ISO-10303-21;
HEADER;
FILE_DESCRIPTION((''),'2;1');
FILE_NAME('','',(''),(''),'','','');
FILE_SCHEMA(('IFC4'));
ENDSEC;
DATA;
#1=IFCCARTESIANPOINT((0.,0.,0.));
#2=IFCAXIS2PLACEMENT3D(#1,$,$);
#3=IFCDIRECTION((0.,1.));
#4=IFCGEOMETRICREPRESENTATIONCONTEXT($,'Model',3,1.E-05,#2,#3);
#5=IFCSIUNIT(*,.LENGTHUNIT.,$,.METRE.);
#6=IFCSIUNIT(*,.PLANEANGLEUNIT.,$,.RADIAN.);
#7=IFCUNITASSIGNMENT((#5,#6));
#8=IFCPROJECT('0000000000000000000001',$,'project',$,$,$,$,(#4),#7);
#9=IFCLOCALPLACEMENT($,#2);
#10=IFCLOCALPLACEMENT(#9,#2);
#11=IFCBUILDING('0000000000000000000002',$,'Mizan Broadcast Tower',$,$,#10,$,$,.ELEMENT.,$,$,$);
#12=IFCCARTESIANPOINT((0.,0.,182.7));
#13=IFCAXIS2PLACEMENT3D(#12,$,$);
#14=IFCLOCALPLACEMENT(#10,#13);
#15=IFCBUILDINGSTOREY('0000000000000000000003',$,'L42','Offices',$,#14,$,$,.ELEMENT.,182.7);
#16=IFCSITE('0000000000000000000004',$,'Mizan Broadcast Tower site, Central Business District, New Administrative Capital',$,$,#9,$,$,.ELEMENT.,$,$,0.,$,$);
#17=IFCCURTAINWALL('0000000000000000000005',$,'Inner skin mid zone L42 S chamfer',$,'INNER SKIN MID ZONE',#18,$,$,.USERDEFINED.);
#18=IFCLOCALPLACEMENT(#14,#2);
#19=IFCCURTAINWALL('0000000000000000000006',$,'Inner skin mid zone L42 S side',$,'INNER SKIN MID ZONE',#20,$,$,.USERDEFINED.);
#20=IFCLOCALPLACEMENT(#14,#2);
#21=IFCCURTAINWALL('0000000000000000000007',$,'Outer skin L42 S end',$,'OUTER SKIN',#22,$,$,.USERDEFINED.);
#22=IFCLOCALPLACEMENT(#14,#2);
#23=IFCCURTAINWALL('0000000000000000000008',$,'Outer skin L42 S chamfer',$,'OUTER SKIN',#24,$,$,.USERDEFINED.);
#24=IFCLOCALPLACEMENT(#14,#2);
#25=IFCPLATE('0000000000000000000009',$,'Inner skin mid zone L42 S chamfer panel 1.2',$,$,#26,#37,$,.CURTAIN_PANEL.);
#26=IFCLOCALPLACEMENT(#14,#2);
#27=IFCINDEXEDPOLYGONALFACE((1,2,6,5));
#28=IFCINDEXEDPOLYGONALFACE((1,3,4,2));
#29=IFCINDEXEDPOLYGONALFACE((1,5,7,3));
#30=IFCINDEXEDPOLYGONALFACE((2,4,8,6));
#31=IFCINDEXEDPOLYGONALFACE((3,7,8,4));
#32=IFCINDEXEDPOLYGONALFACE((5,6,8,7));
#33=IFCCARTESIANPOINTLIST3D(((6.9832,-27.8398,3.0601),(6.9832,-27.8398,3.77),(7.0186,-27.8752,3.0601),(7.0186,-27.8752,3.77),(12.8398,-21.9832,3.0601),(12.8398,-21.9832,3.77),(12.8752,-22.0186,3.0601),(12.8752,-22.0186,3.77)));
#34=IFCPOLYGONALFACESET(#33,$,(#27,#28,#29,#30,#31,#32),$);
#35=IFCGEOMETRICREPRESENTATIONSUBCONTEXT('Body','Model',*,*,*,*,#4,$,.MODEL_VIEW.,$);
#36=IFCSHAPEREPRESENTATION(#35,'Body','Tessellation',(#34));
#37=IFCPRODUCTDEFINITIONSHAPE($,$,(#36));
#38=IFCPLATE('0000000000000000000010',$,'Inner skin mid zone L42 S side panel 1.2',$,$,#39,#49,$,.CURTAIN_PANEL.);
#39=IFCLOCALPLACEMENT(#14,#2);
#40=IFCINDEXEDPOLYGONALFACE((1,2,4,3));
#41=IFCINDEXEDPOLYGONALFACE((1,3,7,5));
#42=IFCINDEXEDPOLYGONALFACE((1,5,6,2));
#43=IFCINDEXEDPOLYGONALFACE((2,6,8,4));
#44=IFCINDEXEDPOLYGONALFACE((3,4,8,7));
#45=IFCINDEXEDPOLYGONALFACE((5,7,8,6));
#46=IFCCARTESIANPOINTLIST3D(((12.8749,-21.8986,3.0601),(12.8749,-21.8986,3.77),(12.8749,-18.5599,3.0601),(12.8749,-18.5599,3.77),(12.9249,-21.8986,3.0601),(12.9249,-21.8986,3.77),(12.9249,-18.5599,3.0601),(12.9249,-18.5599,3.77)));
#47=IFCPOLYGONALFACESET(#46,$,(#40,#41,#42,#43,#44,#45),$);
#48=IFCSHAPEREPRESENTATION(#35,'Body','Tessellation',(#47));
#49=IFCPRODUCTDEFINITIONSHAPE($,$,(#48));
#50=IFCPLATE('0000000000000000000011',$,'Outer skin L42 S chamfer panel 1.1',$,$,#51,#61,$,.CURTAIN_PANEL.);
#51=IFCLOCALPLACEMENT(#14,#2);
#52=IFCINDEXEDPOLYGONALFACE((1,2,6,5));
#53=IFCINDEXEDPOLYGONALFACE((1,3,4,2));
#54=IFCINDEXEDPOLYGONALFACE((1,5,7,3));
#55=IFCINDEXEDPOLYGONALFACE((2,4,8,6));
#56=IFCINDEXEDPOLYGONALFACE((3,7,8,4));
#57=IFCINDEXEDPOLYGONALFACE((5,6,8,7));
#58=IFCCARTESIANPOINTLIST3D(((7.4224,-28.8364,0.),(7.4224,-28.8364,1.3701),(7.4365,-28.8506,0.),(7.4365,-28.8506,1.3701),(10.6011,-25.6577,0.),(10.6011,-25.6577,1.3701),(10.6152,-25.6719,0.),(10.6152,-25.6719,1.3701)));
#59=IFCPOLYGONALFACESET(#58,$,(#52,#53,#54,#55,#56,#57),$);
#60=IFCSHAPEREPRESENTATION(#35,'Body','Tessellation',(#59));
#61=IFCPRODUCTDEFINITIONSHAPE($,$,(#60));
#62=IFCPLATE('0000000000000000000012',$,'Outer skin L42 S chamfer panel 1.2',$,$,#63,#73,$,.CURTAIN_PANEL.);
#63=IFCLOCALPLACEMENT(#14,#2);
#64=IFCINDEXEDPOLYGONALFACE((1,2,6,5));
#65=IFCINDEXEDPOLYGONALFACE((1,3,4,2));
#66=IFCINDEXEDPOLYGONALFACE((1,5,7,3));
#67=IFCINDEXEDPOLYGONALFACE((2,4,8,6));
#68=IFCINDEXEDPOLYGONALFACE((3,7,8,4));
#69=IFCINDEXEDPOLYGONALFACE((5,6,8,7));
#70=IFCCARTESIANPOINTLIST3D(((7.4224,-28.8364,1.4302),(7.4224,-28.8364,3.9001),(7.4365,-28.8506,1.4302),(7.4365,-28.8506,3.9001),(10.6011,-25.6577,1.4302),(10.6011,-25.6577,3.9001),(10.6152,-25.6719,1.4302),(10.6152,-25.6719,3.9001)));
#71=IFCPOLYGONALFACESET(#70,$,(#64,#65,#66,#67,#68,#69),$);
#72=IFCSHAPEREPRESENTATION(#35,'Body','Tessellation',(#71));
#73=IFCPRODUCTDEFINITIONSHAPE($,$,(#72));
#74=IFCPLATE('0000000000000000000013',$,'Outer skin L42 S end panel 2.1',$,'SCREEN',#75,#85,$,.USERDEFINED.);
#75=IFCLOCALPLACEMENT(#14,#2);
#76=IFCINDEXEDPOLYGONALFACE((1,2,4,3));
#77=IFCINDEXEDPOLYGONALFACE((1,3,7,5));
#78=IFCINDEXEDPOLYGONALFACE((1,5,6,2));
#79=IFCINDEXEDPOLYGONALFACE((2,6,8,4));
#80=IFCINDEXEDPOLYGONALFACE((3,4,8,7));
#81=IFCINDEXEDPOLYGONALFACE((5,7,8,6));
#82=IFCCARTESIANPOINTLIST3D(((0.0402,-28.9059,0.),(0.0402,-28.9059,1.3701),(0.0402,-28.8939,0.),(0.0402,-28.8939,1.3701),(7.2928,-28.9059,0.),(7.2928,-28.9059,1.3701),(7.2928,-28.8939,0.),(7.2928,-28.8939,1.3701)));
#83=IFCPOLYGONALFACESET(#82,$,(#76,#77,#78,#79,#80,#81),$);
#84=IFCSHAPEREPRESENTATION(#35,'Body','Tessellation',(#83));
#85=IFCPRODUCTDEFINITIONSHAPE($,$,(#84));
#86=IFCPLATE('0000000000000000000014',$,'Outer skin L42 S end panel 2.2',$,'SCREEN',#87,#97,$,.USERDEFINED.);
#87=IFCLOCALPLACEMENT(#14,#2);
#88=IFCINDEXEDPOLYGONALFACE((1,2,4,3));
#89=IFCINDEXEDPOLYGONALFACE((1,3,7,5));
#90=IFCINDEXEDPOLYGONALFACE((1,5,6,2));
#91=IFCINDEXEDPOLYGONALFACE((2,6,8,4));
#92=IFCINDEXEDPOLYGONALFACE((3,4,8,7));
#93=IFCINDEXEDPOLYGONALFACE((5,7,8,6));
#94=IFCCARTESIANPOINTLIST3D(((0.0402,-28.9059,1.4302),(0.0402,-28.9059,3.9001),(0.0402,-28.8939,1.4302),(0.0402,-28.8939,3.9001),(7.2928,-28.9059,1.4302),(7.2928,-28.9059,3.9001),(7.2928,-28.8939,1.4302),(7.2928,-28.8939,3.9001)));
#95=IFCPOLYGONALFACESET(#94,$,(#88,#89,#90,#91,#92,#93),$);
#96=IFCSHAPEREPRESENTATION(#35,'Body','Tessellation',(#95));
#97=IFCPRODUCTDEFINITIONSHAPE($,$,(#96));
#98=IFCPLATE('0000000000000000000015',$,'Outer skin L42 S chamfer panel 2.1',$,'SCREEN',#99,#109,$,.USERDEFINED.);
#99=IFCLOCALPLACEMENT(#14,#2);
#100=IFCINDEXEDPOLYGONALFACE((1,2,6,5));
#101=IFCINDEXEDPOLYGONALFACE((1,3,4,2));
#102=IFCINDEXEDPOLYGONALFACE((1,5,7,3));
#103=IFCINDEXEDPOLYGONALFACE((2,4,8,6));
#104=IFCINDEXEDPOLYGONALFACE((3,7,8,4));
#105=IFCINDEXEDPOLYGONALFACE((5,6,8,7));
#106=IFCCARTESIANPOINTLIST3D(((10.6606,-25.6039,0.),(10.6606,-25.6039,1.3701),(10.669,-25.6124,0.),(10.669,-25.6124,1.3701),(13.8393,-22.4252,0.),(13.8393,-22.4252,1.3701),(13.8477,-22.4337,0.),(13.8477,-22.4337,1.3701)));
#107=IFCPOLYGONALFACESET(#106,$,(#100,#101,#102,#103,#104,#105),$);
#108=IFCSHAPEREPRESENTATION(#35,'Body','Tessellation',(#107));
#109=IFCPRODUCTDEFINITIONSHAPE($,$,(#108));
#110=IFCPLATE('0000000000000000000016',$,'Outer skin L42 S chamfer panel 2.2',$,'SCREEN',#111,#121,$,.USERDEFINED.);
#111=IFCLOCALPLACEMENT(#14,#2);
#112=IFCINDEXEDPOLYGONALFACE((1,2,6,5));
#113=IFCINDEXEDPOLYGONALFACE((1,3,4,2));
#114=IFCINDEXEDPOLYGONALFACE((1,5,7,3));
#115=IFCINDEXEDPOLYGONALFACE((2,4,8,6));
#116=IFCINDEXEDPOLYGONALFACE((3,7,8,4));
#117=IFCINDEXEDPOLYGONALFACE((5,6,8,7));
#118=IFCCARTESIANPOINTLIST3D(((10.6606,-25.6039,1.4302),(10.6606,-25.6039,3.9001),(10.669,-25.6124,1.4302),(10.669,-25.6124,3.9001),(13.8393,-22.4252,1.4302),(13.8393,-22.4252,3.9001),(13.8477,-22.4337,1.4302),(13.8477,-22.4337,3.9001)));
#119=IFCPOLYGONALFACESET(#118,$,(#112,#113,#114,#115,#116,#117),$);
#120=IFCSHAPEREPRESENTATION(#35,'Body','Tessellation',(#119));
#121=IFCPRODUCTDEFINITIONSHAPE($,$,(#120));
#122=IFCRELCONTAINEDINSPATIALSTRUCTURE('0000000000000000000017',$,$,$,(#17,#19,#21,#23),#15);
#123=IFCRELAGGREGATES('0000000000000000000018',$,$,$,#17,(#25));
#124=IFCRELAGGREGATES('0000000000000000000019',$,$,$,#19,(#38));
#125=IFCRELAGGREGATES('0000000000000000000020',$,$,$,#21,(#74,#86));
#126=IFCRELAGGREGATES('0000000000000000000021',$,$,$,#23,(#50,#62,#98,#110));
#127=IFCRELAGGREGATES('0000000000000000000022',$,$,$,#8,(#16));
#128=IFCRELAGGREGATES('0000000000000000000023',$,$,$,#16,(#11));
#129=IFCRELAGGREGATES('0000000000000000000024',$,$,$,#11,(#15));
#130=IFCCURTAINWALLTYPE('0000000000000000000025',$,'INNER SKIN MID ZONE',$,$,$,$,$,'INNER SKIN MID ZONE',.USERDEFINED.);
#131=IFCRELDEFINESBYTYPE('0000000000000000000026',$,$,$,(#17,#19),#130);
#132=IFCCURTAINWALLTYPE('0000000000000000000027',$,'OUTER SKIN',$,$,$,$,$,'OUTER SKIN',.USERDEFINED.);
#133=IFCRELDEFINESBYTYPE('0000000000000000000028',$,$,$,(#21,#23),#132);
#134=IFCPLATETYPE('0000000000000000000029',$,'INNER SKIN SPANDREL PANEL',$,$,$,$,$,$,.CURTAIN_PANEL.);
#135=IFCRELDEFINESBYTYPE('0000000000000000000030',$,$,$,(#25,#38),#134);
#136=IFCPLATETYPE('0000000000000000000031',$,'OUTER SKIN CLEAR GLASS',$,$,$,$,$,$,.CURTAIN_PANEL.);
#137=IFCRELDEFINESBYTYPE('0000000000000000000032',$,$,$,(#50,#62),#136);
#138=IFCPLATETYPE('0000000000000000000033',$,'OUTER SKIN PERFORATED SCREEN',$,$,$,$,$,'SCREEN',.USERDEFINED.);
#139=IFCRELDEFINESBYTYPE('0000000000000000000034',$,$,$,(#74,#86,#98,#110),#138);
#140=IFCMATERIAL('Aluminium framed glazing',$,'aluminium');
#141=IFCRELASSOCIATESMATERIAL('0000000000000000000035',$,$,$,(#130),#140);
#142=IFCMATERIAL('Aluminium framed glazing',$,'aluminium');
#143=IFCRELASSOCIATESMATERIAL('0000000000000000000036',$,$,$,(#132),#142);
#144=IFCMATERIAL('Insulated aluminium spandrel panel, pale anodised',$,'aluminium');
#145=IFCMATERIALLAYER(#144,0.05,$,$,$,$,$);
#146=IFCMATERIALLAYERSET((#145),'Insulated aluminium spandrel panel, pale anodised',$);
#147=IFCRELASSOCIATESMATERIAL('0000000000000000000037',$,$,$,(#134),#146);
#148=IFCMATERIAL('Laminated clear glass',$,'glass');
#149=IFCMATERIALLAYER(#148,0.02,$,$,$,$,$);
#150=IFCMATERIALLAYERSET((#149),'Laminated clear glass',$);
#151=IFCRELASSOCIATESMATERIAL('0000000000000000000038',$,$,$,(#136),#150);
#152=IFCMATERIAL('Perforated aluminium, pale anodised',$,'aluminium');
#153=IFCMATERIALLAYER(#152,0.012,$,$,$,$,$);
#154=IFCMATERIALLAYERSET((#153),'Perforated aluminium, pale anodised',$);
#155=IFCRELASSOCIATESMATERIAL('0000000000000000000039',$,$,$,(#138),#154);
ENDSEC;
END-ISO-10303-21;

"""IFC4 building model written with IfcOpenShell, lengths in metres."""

from ifc_helpers import new_model, si_unit, direction, frame, origin, origin_2d, place, context, subcontext, project, spatial, rectangle, extrude, material, layer, layer_set, type_object, element, aggregate, save


model = new_model("IFC4")

# Units and contexts
model_context = context("Model", 3, precision=1e-05, world=origin(), true_north=direction((0.0, 1.0)))
body_context = subcontext(model_context, "Body", "Model", "MODEL_VIEW")
ifc_project = project(units=[si_unit("LENGTHUNIT", "METRE"), si_unit("PLANEANGLEUNIT", "RADIAN")], contexts=[model_context])

# Site, building, storey
site_placement = place(None, origin())
site = spatial("IfcSite", under=ifc_project, at=site_placement, Name="Mizan Broadcast Tower site, Central Business District, New Administrative Capital", CompositionType="ELEMENT", RefElevation=0.0)
building_placement = place(site_placement, origin())
building = spatial("IfcBuilding", under=site, at=building_placement, Name="Mizan Broadcast Tower", CompositionType="ELEMENT")
storey_placement = place(building_placement, frame((0.0, 0.0, 182.7)))
storey = spatial("IfcBuildingStorey", under=building, at=storey_placement, Name="L42", Description="Offices", CompositionType="ELEMENT", Elevation=182.7)

# Shared definitions
ifc_material_1 = material(Name="Aluminium framed glazing", Category="aluminium")
curtain_wall_type_1 = type_object("IfcCurtainWallType", Name="INNER SKIN MID ZONE", ElementType="INNER SKIN MID ZONE", PredefinedType="USERDEFINED", material=ifc_material_1)

# Curtain wall
curtain_wall_1_placement = place(storey_placement, origin())
curtain_wall_1 = element("IfcCurtainWall", 1, at=curtain_wall_1_placement, inside=storey, type_object=curtain_wall_type_1, Name="Inner skin mid zone L42 S chamfer", ObjectType="INNER SKIN MID ZONE", PredefinedType="USERDEFINED")

# Curtain wall
curtain_wall_2_placement = place(storey_placement, origin())
curtain_wall_2 = element("IfcCurtainWall", 2, at=curtain_wall_2_placement, inside=storey, type_object=curtain_wall_type_1, Name="Inner skin mid zone L42 S side", ObjectType="INNER SKIN MID ZONE", PredefinedType="USERDEFINED")

# Curtain wall
ifc_material_2 = material(Name="Aluminium framed glazing", Category="aluminium")
curtain_wall_type_2 = type_object("IfcCurtainWallType", Name="OUTER SKIN", ElementType="OUTER SKIN", PredefinedType="USERDEFINED", material=ifc_material_2)
curtain_wall_3_placement = place(storey_placement, origin())
curtain_wall_3 = element("IfcCurtainWall", 3, at=curtain_wall_3_placement, inside=storey, type_object=curtain_wall_type_2, Name="Outer skin L42 S end", ObjectType="OUTER SKIN", PredefinedType="USERDEFINED")

# Curtain wall
curtain_wall_4_placement = place(storey_placement, origin())
curtain_wall_4 = element("IfcCurtainWall", 4, at=curtain_wall_4_placement, inside=storey, type_object=curtain_wall_type_2, Name="Outer skin L42 S chamfer", ObjectType="OUTER SKIN", PredefinedType="USERDEFINED")

# Plates
ifc_material_3 = material(Name="Insulated aluminium spandrel panel, pale anodised", Category="aluminium")
ifc_layer_1 = layer(ifc_material_3, 0.05)
ifc_layer_set_1 = layer_set([ifc_layer_1], Name="Insulated aluminium spandrel panel, pale anodised")
plate_type_1 = type_object("IfcPlateType", Name="INNER SKIN SPANDREL PANEL", PredefinedType="CURTAIN_PANEL", material=ifc_layer_set_1)
plate_1_placement = place(storey_placement, frame((9.9292, -24.9292, 3.0601), z_axis=(0.0, 0.0, 1.0), x_axis=(0.707107, 0.707107, 0.0)))
plate_1 = element("IfcPlate", 5, at=plate_1_placement, type_object=plate_type_1, Name="Inner skin mid zone L42 S chamfer panel 1.2", PredefinedType="CURTAIN_PANEL", context=body_context, shape_type="SweptSolid", body=[
    extrude(rectangle(XDim=8.2825, YDim=0.05, at=origin_2d()), origin(), (0.0, 0.0, 1.0), 0.71),
])
aggregate(curtain_wall_1, [plate_1])
plate_2_placement = place(storey_placement, frame((12.8999, -20.2292, 3.0601), z_axis=(0.0, 0.0, 1.0), x_axis=(0.0, 1.0, 0.0)))
plate_2 = element("IfcPlate", 6, at=plate_2_placement, type_object=plate_type_1, Name="Inner skin mid zone L42 S side panel 1.2", PredefinedType="CURTAIN_PANEL", context=body_context, shape_type="SweptSolid", body=[
    extrude(rectangle(XDim=3.3386, YDim=0.05, at=origin_2d()), origin(), (0.0, 0.0, 1.0), 0.71),
])
aggregate(curtain_wall_2, [plate_2])
ifc_material_4 = material(Name="Laminated clear glass", Category="glass")
ifc_layer_2 = layer(ifc_material_4, 0.02)
ifc_layer_set_2 = layer_set([ifc_layer_2], Name="Laminated clear glass")
plate_type_2 = type_object("IfcPlateType", Name="OUTER SKIN CLEAR GLASS", PredefinedType="CURTAIN_PANEL", material=ifc_layer_set_2)
plate_3_placement = place(storey_placement, frame((9.0188, -27.2542, 0.0), z_axis=(0.0, 0.0, 1.0), x_axis=(0.707107, 0.707107, 0.0)))
plate_3 = element("IfcPlate", 7, at=plate_3_placement, type_object=plate_type_2, Name="Outer skin L42 S chamfer panel 1.1", PredefinedType="CURTAIN_PANEL", context=body_context, shape_type="SweptSolid", body=[
    extrude(rectangle(XDim=4.4954, YDim=0.02, at=origin_2d()), origin(), (0.0, 0.0, 1.0), 1.3701),
])
plate_4_placement = place(storey_placement, frame((9.0188, -27.2542, 1.4302), z_axis=(0.0, 0.0, 1.0), x_axis=(0.707107, 0.707107, 0.0)))
plate_4 = element("IfcPlate", 8, at=plate_4_placement, type_object=plate_type_2, Name="Outer skin L42 S chamfer panel 1.2", PredefinedType="CURTAIN_PANEL", context=body_context, shape_type="SweptSolid", body=[
    extrude(rectangle(XDim=4.4954, YDim=0.02, at=origin_2d()), origin(), (0.0, 0.0, 1.0), 2.47),
])
ifc_material_5 = material(Name="Perforated aluminium, pale anodised", Category="aluminium")
ifc_layer_3 = layer(ifc_material_5, 0.012)
ifc_layer_set_3 = layer_set([ifc_layer_3], Name="Perforated aluminium, pale anodised")
plate_type_3 = type_object("IfcPlateType", Name="OUTER SKIN PERFORATED SCREEN", ElementType="SCREEN", PredefinedType="USERDEFINED", material=ifc_layer_set_3)
plate_5_placement = place(storey_placement, frame((3.6665, -28.8999, 0.0), z_axis=(0.0, 0.0, 1.0), x_axis=(1.0, 0.0, 0.0)))
plate_5 = element("IfcPlate", 9, at=plate_5_placement, type_object=plate_type_3, Name="Outer skin L42 S end panel 2.1", ObjectType="SCREEN", PredefinedType="USERDEFINED", context=body_context, shape_type="SweptSolid", body=[
    extrude(rectangle(XDim=7.2527, YDim=0.012, at=origin_2d()), origin(), (0.0, 0.0, 1.0), 1.3701),
])
plate_6_placement = place(storey_placement, frame((3.6665, -28.8999, 1.4302), z_axis=(0.0, 0.0, 1.0), x_axis=(1.0, 0.0, 0.0)))
plate_6 = element("IfcPlate", 10, at=plate_6_placement, type_object=plate_type_3, Name="Outer skin L42 S end panel 2.2", ObjectType="SCREEN", PredefinedType="USERDEFINED", context=body_context, shape_type="SweptSolid", body=[
    extrude(rectangle(XDim=7.2527, YDim=0.012, at=origin_2d()), origin(), (0.0, 0.0, 1.0), 2.47),
])
aggregate(curtain_wall_3, [plate_5, plate_6])
plate_7_placement = place(storey_placement, frame((12.2542, -24.0188, 0.0), z_axis=(0.0, 0.0, 1.0), x_axis=(0.707107, 0.707107, 0.0)))
plate_7 = element("IfcPlate", 11, at=plate_7_placement, type_object=plate_type_3, Name="Outer skin L42 S chamfer panel 2.1", ObjectType="SCREEN", PredefinedType="USERDEFINED", context=body_context, shape_type="SweptSolid", body=[
    extrude(rectangle(XDim=4.4954, YDim=0.012, at=origin_2d()), origin(), (0.0, 0.0, 1.0), 1.3701),
])
plate_8_placement = place(storey_placement, frame((12.2542, -24.0188, 1.4302), z_axis=(0.0, 0.0, 1.0), x_axis=(0.707107, 0.707107, 0.0)))
plate_8 = element("IfcPlate", 12, at=plate_8_placement, type_object=plate_type_3, Name="Outer skin L42 S chamfer panel 2.2", ObjectType="SCREEN", PredefinedType="USERDEFINED", context=body_context, shape_type="SweptSolid", body=[
    extrude(rectangle(XDim=4.4954, YDim=0.012, at=origin_2d()), origin(), (0.0, 0.0, 1.0), 2.47),
])
aggregate(curtain_wall_4, [plate_3, plate_4, plate_7, plate_8])

save(model, "model.ifc")
